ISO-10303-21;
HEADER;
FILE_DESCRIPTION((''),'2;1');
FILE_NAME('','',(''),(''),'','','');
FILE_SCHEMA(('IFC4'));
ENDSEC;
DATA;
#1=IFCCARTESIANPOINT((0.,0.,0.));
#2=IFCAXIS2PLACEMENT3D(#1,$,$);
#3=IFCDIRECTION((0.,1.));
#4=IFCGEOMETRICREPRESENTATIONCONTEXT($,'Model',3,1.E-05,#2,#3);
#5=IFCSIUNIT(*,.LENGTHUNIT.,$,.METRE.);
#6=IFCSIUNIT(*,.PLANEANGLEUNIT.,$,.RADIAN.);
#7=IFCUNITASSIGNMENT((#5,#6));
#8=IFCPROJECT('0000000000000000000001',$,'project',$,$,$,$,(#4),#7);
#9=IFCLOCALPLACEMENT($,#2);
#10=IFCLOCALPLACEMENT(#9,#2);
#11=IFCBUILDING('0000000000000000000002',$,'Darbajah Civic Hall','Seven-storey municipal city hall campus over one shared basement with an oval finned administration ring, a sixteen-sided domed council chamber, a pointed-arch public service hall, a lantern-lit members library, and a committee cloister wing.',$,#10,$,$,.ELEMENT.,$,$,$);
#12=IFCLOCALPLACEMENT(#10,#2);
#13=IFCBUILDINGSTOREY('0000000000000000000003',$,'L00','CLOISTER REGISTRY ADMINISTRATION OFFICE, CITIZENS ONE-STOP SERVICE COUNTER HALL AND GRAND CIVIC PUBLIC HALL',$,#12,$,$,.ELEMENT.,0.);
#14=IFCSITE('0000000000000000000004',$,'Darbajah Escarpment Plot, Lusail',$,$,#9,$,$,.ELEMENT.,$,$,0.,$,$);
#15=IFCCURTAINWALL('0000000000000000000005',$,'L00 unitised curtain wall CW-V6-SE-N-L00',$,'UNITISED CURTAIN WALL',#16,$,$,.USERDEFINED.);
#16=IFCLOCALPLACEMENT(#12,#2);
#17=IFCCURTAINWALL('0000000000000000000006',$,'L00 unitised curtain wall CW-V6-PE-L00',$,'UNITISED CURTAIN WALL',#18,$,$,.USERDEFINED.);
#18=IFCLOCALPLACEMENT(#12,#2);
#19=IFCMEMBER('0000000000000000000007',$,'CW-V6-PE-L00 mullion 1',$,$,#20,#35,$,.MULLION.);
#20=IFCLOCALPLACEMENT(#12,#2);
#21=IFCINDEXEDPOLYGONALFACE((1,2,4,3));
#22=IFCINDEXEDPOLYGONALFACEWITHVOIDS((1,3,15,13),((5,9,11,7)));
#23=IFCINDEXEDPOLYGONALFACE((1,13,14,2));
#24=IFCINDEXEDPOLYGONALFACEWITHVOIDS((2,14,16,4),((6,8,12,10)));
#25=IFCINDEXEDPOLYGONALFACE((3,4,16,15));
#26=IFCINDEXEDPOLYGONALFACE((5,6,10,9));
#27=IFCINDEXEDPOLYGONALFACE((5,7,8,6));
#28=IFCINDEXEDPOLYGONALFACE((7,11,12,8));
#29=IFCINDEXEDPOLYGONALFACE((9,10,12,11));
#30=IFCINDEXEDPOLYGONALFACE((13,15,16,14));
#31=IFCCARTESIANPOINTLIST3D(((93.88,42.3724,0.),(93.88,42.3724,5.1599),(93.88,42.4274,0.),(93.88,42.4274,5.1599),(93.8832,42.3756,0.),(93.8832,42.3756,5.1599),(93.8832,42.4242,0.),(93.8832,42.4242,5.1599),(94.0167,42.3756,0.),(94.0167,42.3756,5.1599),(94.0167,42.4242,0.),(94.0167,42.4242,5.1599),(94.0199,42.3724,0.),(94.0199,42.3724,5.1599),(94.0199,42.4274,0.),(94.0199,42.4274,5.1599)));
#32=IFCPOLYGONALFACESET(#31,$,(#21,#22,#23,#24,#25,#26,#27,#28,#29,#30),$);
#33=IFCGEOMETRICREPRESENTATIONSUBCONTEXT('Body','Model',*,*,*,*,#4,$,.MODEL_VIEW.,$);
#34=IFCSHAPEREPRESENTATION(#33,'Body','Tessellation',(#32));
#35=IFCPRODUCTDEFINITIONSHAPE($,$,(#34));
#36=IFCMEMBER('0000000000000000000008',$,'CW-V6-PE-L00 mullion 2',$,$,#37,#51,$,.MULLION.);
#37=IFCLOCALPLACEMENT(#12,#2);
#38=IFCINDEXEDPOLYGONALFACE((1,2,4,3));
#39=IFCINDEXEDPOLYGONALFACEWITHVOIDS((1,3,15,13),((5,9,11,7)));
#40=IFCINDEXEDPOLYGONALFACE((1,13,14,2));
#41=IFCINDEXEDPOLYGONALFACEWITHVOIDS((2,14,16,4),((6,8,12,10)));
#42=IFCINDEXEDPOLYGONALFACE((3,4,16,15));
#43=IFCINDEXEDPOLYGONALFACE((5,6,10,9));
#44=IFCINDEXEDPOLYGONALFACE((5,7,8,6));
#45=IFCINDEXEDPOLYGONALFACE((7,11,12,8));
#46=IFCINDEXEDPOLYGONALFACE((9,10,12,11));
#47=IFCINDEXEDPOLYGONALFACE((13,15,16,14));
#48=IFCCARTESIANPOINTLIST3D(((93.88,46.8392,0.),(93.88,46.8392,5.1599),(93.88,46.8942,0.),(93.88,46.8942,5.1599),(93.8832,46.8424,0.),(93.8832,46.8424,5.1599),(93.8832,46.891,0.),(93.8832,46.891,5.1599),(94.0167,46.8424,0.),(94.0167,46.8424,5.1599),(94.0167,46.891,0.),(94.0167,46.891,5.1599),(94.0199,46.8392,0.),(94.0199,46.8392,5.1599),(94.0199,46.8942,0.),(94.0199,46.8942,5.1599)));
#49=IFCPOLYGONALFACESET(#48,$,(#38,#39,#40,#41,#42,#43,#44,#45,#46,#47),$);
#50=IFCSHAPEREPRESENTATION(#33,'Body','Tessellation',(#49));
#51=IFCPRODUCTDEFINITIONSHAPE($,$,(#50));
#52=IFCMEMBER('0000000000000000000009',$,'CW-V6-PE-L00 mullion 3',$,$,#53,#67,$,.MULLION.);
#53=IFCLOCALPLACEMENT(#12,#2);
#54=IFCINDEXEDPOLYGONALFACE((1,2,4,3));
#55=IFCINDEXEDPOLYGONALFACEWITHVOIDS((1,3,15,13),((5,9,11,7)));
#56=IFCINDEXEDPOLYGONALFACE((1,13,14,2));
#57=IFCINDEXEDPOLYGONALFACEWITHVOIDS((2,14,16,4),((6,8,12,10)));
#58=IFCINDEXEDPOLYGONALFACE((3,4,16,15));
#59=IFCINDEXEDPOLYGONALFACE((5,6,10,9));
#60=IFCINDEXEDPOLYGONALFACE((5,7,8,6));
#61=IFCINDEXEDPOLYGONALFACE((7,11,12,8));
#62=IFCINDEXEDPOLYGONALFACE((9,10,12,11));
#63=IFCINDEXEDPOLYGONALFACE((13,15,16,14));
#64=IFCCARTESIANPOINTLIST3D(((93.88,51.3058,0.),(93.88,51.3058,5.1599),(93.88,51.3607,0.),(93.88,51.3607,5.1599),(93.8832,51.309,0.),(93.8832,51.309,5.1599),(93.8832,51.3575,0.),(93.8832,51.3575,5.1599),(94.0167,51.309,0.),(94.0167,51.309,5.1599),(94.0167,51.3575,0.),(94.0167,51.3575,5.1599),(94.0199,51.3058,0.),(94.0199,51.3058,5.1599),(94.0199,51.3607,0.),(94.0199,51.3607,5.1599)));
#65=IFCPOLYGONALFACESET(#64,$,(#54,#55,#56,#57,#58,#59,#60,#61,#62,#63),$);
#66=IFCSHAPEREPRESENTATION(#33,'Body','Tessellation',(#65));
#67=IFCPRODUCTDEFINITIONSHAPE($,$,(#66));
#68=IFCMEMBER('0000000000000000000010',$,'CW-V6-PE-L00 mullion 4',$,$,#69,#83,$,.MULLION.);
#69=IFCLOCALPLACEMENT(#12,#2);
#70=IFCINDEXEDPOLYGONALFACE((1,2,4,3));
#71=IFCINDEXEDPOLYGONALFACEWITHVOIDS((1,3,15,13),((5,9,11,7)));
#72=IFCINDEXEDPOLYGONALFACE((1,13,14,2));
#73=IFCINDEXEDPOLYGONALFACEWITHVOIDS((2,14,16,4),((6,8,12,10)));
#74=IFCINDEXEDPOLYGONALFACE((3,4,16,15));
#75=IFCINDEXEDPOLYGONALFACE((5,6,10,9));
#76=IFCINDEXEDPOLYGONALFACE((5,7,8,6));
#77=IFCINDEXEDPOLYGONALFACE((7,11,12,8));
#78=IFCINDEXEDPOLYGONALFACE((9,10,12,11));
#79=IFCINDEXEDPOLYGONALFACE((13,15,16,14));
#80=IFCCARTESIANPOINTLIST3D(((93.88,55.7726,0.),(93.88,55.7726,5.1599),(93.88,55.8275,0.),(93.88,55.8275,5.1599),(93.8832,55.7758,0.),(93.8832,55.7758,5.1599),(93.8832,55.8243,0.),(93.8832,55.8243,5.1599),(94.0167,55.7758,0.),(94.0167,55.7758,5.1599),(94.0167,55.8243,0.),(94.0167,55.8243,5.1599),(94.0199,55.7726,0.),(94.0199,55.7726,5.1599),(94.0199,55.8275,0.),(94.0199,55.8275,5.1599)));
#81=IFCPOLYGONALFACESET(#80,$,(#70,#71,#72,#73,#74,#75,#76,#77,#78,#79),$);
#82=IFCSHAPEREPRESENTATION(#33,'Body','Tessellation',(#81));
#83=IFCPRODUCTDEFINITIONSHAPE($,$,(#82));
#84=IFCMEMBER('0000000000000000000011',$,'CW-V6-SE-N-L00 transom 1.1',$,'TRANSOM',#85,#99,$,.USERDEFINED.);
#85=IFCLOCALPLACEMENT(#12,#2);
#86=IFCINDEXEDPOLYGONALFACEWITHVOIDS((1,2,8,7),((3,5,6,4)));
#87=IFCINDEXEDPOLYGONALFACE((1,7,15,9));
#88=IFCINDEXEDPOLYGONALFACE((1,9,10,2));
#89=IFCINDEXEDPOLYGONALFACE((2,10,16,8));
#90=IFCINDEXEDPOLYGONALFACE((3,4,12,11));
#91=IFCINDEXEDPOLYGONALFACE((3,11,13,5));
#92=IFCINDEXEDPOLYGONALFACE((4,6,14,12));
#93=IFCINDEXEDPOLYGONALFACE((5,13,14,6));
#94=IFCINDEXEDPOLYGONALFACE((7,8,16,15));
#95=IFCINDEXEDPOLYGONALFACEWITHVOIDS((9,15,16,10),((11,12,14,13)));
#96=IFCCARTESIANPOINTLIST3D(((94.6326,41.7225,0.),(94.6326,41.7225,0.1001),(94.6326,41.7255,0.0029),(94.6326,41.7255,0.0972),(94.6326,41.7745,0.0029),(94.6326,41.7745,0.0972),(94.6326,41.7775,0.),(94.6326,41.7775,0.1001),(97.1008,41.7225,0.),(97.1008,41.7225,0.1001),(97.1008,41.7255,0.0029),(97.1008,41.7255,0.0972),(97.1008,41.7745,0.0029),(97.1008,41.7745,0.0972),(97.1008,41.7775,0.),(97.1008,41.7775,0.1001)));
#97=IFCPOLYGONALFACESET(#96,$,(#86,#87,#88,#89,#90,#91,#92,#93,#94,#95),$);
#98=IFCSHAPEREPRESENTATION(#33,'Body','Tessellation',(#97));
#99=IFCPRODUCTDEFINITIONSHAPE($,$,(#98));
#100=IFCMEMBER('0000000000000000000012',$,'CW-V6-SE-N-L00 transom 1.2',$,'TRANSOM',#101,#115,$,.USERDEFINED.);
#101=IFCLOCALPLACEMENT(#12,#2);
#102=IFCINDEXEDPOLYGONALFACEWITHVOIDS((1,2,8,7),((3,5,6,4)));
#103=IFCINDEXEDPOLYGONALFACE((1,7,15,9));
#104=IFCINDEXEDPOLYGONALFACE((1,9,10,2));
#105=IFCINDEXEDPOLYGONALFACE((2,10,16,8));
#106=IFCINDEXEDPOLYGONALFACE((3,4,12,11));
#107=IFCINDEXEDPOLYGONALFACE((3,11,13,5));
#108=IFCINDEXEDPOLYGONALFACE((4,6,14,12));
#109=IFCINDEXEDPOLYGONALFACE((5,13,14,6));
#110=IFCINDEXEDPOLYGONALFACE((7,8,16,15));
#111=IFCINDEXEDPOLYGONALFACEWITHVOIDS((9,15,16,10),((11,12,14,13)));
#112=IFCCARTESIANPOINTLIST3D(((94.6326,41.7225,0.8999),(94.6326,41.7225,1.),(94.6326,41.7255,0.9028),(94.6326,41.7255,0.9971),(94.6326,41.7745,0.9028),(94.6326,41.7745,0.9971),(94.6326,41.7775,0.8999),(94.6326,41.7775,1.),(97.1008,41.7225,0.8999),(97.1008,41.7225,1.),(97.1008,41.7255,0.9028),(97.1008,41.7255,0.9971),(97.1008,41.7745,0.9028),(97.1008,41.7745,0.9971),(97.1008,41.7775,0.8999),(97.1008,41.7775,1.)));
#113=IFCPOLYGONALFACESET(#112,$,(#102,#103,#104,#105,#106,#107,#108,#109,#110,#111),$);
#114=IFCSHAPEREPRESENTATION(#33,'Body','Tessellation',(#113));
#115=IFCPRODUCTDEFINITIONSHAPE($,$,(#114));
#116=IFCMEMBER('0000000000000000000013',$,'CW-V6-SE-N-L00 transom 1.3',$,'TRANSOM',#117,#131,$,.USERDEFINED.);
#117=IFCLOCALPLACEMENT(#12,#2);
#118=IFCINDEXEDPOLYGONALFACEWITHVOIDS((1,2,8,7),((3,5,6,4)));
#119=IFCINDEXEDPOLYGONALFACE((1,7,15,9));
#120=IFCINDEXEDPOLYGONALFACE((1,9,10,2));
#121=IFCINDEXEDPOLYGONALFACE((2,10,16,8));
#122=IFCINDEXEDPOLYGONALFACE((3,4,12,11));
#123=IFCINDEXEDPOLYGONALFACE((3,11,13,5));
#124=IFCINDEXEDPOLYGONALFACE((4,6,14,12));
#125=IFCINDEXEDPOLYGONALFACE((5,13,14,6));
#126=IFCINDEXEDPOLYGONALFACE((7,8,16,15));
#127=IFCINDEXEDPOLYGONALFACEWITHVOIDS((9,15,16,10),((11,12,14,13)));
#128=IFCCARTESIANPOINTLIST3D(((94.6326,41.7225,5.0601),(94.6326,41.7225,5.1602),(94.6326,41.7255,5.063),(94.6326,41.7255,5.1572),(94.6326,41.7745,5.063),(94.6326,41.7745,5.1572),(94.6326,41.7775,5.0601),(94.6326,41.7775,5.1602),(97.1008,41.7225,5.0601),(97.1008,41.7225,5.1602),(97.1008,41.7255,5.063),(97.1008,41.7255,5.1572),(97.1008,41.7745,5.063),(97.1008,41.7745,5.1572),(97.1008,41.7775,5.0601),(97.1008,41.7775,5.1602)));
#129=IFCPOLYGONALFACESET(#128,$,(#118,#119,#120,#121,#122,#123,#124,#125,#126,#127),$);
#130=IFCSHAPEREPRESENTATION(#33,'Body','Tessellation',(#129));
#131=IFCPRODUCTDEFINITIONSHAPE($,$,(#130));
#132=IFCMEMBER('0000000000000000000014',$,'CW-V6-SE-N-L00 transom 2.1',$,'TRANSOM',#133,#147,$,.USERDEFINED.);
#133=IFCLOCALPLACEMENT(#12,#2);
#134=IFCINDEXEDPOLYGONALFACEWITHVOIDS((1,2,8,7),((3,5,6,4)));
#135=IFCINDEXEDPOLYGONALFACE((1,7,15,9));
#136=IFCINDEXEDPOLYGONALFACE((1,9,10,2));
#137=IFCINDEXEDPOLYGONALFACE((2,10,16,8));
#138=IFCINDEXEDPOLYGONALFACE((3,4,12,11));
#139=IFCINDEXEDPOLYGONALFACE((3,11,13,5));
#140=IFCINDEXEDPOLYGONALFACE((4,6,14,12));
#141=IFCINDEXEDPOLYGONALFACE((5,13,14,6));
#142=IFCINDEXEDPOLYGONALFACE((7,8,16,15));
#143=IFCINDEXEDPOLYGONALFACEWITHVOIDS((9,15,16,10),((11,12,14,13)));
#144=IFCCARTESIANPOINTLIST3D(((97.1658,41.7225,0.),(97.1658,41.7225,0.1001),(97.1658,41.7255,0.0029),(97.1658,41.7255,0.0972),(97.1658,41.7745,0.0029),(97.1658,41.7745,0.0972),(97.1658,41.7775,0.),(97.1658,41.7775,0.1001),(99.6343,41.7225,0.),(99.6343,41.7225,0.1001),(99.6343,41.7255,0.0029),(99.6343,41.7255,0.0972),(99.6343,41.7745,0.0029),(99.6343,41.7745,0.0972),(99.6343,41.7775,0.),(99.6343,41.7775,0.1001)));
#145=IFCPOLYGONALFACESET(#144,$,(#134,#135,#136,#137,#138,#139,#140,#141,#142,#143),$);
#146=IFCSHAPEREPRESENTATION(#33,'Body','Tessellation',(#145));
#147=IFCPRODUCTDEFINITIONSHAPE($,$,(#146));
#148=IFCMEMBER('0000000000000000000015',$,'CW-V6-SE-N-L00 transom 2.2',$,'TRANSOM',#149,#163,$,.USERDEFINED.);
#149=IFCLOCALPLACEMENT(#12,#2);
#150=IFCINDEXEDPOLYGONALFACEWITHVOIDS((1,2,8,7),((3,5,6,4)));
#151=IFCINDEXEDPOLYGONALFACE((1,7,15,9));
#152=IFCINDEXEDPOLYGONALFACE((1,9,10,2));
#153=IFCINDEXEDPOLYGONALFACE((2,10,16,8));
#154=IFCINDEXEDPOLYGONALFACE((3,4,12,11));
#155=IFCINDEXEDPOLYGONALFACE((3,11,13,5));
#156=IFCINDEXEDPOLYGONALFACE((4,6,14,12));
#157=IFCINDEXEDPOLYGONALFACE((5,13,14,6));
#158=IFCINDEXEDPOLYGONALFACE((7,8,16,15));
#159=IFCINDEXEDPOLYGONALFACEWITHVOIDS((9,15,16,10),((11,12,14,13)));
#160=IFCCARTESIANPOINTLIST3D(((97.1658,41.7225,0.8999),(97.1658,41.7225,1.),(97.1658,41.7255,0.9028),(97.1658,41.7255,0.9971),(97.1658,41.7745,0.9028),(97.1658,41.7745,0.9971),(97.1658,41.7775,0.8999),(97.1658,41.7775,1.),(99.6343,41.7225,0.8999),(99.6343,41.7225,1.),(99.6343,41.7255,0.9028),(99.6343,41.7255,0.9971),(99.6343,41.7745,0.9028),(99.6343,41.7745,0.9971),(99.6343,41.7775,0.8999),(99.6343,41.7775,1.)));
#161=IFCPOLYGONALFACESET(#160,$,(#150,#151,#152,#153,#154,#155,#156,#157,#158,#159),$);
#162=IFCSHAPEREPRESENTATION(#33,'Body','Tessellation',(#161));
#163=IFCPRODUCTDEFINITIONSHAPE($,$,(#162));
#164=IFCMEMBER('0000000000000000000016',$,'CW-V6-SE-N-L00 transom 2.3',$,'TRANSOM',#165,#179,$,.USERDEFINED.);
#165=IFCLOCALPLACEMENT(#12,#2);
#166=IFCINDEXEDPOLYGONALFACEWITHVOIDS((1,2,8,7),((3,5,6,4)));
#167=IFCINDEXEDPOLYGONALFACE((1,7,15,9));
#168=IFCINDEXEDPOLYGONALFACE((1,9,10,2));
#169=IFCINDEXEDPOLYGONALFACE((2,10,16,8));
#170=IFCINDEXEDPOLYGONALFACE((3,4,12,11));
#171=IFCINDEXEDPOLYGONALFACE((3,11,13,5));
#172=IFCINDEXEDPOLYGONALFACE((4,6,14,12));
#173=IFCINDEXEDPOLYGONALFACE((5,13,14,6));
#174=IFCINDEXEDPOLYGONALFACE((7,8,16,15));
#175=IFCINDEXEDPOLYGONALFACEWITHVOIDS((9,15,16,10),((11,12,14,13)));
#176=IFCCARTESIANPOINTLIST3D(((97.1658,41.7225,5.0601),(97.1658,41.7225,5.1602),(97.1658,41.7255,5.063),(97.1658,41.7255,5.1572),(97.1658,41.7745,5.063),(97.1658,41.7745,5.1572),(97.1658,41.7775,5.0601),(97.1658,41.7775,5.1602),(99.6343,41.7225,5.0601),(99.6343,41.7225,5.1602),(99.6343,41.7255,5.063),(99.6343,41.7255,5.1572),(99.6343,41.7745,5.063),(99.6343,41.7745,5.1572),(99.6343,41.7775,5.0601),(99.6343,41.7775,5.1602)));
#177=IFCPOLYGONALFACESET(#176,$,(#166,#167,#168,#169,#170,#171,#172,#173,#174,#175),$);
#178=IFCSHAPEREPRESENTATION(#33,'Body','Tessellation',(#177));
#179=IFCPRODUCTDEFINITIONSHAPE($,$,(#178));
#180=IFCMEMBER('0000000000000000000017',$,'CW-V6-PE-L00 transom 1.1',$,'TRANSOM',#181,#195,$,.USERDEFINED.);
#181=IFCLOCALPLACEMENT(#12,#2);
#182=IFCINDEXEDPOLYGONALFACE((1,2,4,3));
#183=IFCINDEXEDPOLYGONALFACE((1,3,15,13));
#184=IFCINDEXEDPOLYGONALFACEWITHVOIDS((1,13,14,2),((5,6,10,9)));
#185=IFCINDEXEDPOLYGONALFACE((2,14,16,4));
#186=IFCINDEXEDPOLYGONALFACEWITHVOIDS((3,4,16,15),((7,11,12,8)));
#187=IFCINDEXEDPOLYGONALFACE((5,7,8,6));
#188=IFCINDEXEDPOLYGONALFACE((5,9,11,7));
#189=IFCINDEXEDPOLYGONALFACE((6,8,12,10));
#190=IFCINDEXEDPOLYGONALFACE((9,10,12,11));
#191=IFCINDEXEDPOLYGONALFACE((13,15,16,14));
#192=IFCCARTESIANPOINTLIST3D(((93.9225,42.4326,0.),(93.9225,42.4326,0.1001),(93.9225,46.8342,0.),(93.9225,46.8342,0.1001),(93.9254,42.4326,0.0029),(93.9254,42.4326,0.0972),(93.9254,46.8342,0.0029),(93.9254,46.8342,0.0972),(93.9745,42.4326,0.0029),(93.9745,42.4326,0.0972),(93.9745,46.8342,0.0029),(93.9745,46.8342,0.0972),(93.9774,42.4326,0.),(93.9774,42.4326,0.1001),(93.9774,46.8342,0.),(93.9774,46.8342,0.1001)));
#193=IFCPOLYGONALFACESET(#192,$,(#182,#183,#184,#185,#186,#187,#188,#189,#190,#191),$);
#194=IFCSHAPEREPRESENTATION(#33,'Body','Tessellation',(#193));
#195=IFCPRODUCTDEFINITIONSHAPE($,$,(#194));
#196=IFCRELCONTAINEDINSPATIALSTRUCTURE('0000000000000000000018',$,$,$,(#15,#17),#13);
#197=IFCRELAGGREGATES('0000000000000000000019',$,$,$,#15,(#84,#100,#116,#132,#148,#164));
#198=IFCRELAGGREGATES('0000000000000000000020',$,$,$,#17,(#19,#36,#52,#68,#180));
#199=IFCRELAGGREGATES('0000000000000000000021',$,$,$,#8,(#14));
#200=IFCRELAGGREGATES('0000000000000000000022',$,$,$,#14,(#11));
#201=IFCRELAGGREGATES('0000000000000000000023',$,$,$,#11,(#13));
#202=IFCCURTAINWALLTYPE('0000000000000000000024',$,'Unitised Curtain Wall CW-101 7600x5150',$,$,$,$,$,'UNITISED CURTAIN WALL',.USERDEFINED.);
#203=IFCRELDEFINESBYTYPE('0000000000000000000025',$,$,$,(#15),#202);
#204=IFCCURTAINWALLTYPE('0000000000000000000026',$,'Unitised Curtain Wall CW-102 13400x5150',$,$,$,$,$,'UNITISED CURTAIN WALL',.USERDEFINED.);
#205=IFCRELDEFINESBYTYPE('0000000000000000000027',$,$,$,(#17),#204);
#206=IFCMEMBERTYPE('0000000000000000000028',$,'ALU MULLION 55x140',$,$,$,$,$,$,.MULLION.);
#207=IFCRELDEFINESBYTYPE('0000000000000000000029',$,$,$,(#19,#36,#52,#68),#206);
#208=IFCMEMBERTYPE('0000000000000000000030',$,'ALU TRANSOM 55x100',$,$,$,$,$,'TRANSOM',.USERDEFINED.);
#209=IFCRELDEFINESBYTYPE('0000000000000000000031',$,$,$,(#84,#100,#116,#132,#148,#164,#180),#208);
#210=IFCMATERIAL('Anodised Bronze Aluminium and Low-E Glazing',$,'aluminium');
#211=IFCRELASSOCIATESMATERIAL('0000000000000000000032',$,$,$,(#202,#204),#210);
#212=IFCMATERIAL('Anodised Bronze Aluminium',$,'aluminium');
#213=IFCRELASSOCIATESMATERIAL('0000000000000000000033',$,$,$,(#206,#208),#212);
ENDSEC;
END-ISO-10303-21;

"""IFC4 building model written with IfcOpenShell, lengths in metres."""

from ifc_helpers import new_model, si_unit, direction, frame, origin, origin_2d, place, context, subcontext, project, spatial, hollow_rectangle, extrude, material, material_profile, profile_set, type_object, element, aggregate, save


model = new_model("IFC4")

# Units and contexts
model_context = context("Model", 3, precision=1e-05, world=origin(), true_north=direction((0.0, 1.0)))
body_context = subcontext(model_context, "Body", "Model", "MODEL_VIEW")
ifc_project = project(units=[si_unit("LENGTHUNIT", "METRE"), si_unit("PLANEANGLEUNIT", "RADIAN")], contexts=[model_context])

# Site, building, storey
site_placement = place(None, origin())
site = spatial("IfcSite", under=ifc_project, at=site_placement, Name="Darbajah Escarpment Plot, Lusail", CompositionType="ELEMENT", RefElevation=0.0)
building_placement = place(site_placement, origin())
building = spatial("IfcBuilding", under=site, at=building_placement, Name="Darbajah Civic Hall", Description="Seven-storey municipal city hall campus over one shared basement with an oval finned administration ring, a sixteen-sided domed council chamber, a pointed-arch public service hall, a lantern-lit members library, and a committee cloister wing.", CompositionType="ELEMENT")
storey_placement = place(building_placement, origin())
storey = spatial("IfcBuildingStorey", under=building, at=storey_placement, Name="L00", Description="CLOISTER REGISTRY ADMINISTRATION OFFICE, CITIZENS ONE-STOP SERVICE COUNTER HALL AND GRAND CIVIC PUBLIC HALL", CompositionType="ELEMENT", Elevation=0.0)

# Curtain walls, members
ifc_material_1 = material(Name="Anodised Bronze Aluminium and Low-E Glazing", Category="aluminium")
curtain_wall_type_1 = type_object("IfcCurtainWallType", Name="Unitised Curtain Wall CW-101 7600x5150", ElementType="UNITISED CURTAIN WALL", PredefinedType="USERDEFINED", material=ifc_material_1)
curtain_wall_1_placement = place(storey_placement, origin())
curtain_wall_1 = element("IfcCurtainWall", 1, at=curtain_wall_1_placement, inside=storey, type_object=curtain_wall_type_1, Name="L00 unitised curtain wall CW-V6-SE-N-L00", ObjectType="UNITISED CURTAIN WALL", PredefinedType="USERDEFINED")
ifc_material_2 = material(Name="Anodised Bronze Aluminium", Category="aluminium")
ifc_material_profile_1 = material_profile(ifc_material_2, hollow_rectangle(XDim=0.0549, YDim=0.1399, WallThickness=0.0032, at=origin_2d()), Name="ALU MULLION 55x140")
ifc_profile_set_1 = profile_set([ifc_material_profile_1], Name="Anodised Bronze Aluminium")
member_type_1 = type_object("IfcMemberType", Name="ALU MULLION 55x140", PredefinedType="MULLION", material=ifc_profile_set_1)
curtain_wall_type_2 = type_object("IfcCurtainWallType", Name="Unitised Curtain Wall CW-102 13400x5150", ElementType="UNITISED CURTAIN WALL", PredefinedType="USERDEFINED", material=ifc_material_1)
curtain_wall_2_placement = place(storey_placement, origin())
curtain_wall_2 = element("IfcCurtainWall", 2, at=curtain_wall_2_placement, inside=storey, type_object=curtain_wall_type_2, Name="L00 unitised curtain wall CW-V6-PE-L00", ObjectType="UNITISED CURTAIN WALL", PredefinedType="USERDEFINED")
member_1_placement = place(storey_placement, frame((93.95, 42.3999, 0.0), z_axis=(0.0, 0.0, 1.0), x_axis=(0.0, 1.0, 0.0)))
member_1 = element("IfcMember", 3, at=member_1_placement, type_object=member_type_1, Name="CW-V6-PE-L00 mullion 1", PredefinedType="MULLION", context=body_context, shape_type="SweptSolid", body=[
    extrude(hollow_rectangle(XDim=0.0549, YDim=0.1399, WallThickness=0.0032, at=origin_2d()), origin(), (0.0, 0.0, 1.0), 5.1599),
])
member_2_placement = place(storey_placement, frame((93.95, 46.8667, 0.0), z_axis=(0.0, 0.0, 1.0), x_axis=(0.0, 1.0, 0.0)))
member_2 = element("IfcMember", 4, at=member_2_placement, type_object=member_type_1, Name="CW-V6-PE-L00 mullion 2", PredefinedType="MULLION", context=body_context, shape_type="SweptSolid", body=[
    extrude(hollow_rectangle(XDim=0.0549, YDim=0.1399, WallThickness=0.0032, at=origin_2d()), origin(), (0.0, 0.0, 1.0), 5.1599),
])
member_3_placement = place(storey_placement, frame((93.95, 51.3333, 0.0), z_axis=(0.0, 0.0, 1.0), x_axis=(0.0, 1.0, 0.0)))
member_3 = element("IfcMember", 5, at=member_3_placement, type_object=member_type_1, Name="CW-V6-PE-L00 mullion 3", PredefinedType="MULLION", context=body_context, shape_type="SweptSolid", body=[
    extrude(hollow_rectangle(XDim=0.0549, YDim=0.1399, WallThickness=0.0032, at=origin_2d()), origin(), (0.0, 0.0, 1.0), 5.1599),
])
member_4_placement = place(storey_placement, frame((93.95, 55.8, 0.0), z_axis=(0.0, 0.0, 1.0), x_axis=(0.0, 1.0, 0.0)))
member_4 = element("IfcMember", 6, at=member_4_placement, type_object=member_type_1, Name="CW-V6-PE-L00 mullion 4", PredefinedType="MULLION", context=body_context, shape_type="SweptSolid", body=[
    extrude(hollow_rectangle(XDim=0.0549, YDim=0.1399, WallThickness=0.0032, at=origin_2d()), origin(), (0.0, 0.0, 1.0), 5.1599),
])

# Members
ifc_material_profile_2 = material_profile(ifc_material_2, hollow_rectangle(XDim=0.0549, YDim=0.1001, WallThickness=0.0029, at=origin_2d()), Name="ALU TRANSOM 55x100")
ifc_profile_set_2 = profile_set([ifc_material_profile_2], Name="Anodised Bronze Aluminium")
member_type_2 = type_object("IfcMemberType", Name="ALU TRANSOM 55x100", ElementType="TRANSOM", PredefinedType="USERDEFINED", material=ifc_profile_set_2)
member_5_placement = place(storey_placement, frame((94.6326, 41.75, 0.05), z_axis=(1.0, 0.0, 0.0), x_axis=(0.0, 1.0, 0.0)))
member_5 = element("IfcMember", 7, at=member_5_placement, type_object=member_type_2, Name="CW-V6-SE-N-L00 transom 1.1", ObjectType="TRANSOM", PredefinedType="USERDEFINED", context=body_context, shape_type="SweptSolid", body=[
    extrude(hollow_rectangle(XDim=0.0549, YDim=0.1001, WallThickness=0.0029, at=origin_2d()), origin(), (0.0, 0.0, 1.0), 2.4683),
])
member_6_placement = place(storey_placement, frame((94.6326, 41.75, 0.95), z_axis=(1.0, 0.0, 0.0), x_axis=(0.0, 1.0, 0.0)))
member_6 = element("IfcMember", 8, at=member_6_placement, type_object=member_type_2, Name="CW-V6-SE-N-L00 transom 1.2", ObjectType="TRANSOM", PredefinedType="USERDEFINED", context=body_context, shape_type="SweptSolid", body=[
    extrude(hollow_rectangle(XDim=0.0549, YDim=0.1001, WallThickness=0.0029, at=origin_2d()), origin(), (0.0, 0.0, 1.0), 2.4683),
])
member_7_placement = place(storey_placement, frame((94.6326, 41.75, 5.1101), z_axis=(1.0, 0.0, 0.0), x_axis=(0.0, 1.0, 0.0)))
member_7 = element("IfcMember", 9, at=member_7_placement, type_object=member_type_2, Name="CW-V6-SE-N-L00 transom 1.3", ObjectType="TRANSOM", PredefinedType="USERDEFINED", context=body_context, shape_type="SweptSolid", body=[
    extrude(hollow_rectangle(XDim=0.0549, YDim=0.1001, WallThickness=0.0029, at=origin_2d()), origin(), (0.0, 0.0, 1.0), 2.4683),
])
member_8_placement = place(storey_placement, frame((97.1658, 41.75, 0.05), z_axis=(1.0, 0.0, 0.0), x_axis=(0.0, 1.0, 0.0)))
member_8 = element("IfcMember", 10, at=member_8_placement, type_object=member_type_2, Name="CW-V6-SE-N-L00 transom 2.1", ObjectType="TRANSOM", PredefinedType="USERDEFINED", context=body_context, shape_type="SweptSolid", body=[
    extrude(hollow_rectangle(XDim=0.0549, YDim=0.1001, WallThickness=0.0029, at=origin_2d()), origin(), (0.0, 0.0, 1.0), 2.4685),
])
member_9_placement = place(storey_placement, frame((97.1658, 41.75, 0.95), z_axis=(1.0, 0.0, 0.0), x_axis=(0.0, 1.0, 0.0)))
member_9 = element("IfcMember", 11, at=member_9_placement, type_object=member_type_2, Name="CW-V6-SE-N-L00 transom 2.2", ObjectType="TRANSOM", PredefinedType="USERDEFINED", context=body_context, shape_type="SweptSolid", body=[
    extrude(hollow_rectangle(XDim=0.0549, YDim=0.1001, WallThickness=0.0029, at=origin_2d()), origin(), (0.0, 0.0, 1.0), 2.4685),
])
member_10_placement = place(storey_placement, frame((97.1658, 41.75, 5.1101), z_axis=(1.0, 0.0, 0.0), x_axis=(0.0, 1.0, 0.0)))
member_10 = element("IfcMember", 12, at=member_10_placement, type_object=member_type_2, Name="CW-V6-SE-N-L00 transom 2.3", ObjectType="TRANSOM", PredefinedType="USERDEFINED", context=body_context, shape_type="SweptSolid", body=[
    extrude(hollow_rectangle(XDim=0.0549, YDim=0.1001, WallThickness=0.0029, at=origin_2d()), origin(), (0.0, 0.0, 1.0), 2.4685),
])
member_11_placement = place(storey_placement, frame((93.95, 42.4326, 0.05), z_axis=(0.0, 1.0, 0.0), x_axis=(-1.0, 0.0, 0.0)))
member_11 = element("IfcMember", 13, at=member_11_placement, type_object=member_type_2, Name="CW-V6-PE-L00 transom 1.1", ObjectType="TRANSOM", PredefinedType="USERDEFINED", context=body_context, shape_type="SweptSolid", body=[
    extrude(hollow_rectangle(XDim=0.0549, YDim=0.1001, WallThickness=0.0029, at=origin_2d()), origin(), (0.0, 0.0, 1.0), 4.4016),
])

aggregate(curtain_wall_1, [member_5, member_6, member_7, member_8, member_9, member_10])
aggregate(curtain_wall_2, [member_1, member_2, member_3, member_4, member_11])

save(model, "model.ifc")
